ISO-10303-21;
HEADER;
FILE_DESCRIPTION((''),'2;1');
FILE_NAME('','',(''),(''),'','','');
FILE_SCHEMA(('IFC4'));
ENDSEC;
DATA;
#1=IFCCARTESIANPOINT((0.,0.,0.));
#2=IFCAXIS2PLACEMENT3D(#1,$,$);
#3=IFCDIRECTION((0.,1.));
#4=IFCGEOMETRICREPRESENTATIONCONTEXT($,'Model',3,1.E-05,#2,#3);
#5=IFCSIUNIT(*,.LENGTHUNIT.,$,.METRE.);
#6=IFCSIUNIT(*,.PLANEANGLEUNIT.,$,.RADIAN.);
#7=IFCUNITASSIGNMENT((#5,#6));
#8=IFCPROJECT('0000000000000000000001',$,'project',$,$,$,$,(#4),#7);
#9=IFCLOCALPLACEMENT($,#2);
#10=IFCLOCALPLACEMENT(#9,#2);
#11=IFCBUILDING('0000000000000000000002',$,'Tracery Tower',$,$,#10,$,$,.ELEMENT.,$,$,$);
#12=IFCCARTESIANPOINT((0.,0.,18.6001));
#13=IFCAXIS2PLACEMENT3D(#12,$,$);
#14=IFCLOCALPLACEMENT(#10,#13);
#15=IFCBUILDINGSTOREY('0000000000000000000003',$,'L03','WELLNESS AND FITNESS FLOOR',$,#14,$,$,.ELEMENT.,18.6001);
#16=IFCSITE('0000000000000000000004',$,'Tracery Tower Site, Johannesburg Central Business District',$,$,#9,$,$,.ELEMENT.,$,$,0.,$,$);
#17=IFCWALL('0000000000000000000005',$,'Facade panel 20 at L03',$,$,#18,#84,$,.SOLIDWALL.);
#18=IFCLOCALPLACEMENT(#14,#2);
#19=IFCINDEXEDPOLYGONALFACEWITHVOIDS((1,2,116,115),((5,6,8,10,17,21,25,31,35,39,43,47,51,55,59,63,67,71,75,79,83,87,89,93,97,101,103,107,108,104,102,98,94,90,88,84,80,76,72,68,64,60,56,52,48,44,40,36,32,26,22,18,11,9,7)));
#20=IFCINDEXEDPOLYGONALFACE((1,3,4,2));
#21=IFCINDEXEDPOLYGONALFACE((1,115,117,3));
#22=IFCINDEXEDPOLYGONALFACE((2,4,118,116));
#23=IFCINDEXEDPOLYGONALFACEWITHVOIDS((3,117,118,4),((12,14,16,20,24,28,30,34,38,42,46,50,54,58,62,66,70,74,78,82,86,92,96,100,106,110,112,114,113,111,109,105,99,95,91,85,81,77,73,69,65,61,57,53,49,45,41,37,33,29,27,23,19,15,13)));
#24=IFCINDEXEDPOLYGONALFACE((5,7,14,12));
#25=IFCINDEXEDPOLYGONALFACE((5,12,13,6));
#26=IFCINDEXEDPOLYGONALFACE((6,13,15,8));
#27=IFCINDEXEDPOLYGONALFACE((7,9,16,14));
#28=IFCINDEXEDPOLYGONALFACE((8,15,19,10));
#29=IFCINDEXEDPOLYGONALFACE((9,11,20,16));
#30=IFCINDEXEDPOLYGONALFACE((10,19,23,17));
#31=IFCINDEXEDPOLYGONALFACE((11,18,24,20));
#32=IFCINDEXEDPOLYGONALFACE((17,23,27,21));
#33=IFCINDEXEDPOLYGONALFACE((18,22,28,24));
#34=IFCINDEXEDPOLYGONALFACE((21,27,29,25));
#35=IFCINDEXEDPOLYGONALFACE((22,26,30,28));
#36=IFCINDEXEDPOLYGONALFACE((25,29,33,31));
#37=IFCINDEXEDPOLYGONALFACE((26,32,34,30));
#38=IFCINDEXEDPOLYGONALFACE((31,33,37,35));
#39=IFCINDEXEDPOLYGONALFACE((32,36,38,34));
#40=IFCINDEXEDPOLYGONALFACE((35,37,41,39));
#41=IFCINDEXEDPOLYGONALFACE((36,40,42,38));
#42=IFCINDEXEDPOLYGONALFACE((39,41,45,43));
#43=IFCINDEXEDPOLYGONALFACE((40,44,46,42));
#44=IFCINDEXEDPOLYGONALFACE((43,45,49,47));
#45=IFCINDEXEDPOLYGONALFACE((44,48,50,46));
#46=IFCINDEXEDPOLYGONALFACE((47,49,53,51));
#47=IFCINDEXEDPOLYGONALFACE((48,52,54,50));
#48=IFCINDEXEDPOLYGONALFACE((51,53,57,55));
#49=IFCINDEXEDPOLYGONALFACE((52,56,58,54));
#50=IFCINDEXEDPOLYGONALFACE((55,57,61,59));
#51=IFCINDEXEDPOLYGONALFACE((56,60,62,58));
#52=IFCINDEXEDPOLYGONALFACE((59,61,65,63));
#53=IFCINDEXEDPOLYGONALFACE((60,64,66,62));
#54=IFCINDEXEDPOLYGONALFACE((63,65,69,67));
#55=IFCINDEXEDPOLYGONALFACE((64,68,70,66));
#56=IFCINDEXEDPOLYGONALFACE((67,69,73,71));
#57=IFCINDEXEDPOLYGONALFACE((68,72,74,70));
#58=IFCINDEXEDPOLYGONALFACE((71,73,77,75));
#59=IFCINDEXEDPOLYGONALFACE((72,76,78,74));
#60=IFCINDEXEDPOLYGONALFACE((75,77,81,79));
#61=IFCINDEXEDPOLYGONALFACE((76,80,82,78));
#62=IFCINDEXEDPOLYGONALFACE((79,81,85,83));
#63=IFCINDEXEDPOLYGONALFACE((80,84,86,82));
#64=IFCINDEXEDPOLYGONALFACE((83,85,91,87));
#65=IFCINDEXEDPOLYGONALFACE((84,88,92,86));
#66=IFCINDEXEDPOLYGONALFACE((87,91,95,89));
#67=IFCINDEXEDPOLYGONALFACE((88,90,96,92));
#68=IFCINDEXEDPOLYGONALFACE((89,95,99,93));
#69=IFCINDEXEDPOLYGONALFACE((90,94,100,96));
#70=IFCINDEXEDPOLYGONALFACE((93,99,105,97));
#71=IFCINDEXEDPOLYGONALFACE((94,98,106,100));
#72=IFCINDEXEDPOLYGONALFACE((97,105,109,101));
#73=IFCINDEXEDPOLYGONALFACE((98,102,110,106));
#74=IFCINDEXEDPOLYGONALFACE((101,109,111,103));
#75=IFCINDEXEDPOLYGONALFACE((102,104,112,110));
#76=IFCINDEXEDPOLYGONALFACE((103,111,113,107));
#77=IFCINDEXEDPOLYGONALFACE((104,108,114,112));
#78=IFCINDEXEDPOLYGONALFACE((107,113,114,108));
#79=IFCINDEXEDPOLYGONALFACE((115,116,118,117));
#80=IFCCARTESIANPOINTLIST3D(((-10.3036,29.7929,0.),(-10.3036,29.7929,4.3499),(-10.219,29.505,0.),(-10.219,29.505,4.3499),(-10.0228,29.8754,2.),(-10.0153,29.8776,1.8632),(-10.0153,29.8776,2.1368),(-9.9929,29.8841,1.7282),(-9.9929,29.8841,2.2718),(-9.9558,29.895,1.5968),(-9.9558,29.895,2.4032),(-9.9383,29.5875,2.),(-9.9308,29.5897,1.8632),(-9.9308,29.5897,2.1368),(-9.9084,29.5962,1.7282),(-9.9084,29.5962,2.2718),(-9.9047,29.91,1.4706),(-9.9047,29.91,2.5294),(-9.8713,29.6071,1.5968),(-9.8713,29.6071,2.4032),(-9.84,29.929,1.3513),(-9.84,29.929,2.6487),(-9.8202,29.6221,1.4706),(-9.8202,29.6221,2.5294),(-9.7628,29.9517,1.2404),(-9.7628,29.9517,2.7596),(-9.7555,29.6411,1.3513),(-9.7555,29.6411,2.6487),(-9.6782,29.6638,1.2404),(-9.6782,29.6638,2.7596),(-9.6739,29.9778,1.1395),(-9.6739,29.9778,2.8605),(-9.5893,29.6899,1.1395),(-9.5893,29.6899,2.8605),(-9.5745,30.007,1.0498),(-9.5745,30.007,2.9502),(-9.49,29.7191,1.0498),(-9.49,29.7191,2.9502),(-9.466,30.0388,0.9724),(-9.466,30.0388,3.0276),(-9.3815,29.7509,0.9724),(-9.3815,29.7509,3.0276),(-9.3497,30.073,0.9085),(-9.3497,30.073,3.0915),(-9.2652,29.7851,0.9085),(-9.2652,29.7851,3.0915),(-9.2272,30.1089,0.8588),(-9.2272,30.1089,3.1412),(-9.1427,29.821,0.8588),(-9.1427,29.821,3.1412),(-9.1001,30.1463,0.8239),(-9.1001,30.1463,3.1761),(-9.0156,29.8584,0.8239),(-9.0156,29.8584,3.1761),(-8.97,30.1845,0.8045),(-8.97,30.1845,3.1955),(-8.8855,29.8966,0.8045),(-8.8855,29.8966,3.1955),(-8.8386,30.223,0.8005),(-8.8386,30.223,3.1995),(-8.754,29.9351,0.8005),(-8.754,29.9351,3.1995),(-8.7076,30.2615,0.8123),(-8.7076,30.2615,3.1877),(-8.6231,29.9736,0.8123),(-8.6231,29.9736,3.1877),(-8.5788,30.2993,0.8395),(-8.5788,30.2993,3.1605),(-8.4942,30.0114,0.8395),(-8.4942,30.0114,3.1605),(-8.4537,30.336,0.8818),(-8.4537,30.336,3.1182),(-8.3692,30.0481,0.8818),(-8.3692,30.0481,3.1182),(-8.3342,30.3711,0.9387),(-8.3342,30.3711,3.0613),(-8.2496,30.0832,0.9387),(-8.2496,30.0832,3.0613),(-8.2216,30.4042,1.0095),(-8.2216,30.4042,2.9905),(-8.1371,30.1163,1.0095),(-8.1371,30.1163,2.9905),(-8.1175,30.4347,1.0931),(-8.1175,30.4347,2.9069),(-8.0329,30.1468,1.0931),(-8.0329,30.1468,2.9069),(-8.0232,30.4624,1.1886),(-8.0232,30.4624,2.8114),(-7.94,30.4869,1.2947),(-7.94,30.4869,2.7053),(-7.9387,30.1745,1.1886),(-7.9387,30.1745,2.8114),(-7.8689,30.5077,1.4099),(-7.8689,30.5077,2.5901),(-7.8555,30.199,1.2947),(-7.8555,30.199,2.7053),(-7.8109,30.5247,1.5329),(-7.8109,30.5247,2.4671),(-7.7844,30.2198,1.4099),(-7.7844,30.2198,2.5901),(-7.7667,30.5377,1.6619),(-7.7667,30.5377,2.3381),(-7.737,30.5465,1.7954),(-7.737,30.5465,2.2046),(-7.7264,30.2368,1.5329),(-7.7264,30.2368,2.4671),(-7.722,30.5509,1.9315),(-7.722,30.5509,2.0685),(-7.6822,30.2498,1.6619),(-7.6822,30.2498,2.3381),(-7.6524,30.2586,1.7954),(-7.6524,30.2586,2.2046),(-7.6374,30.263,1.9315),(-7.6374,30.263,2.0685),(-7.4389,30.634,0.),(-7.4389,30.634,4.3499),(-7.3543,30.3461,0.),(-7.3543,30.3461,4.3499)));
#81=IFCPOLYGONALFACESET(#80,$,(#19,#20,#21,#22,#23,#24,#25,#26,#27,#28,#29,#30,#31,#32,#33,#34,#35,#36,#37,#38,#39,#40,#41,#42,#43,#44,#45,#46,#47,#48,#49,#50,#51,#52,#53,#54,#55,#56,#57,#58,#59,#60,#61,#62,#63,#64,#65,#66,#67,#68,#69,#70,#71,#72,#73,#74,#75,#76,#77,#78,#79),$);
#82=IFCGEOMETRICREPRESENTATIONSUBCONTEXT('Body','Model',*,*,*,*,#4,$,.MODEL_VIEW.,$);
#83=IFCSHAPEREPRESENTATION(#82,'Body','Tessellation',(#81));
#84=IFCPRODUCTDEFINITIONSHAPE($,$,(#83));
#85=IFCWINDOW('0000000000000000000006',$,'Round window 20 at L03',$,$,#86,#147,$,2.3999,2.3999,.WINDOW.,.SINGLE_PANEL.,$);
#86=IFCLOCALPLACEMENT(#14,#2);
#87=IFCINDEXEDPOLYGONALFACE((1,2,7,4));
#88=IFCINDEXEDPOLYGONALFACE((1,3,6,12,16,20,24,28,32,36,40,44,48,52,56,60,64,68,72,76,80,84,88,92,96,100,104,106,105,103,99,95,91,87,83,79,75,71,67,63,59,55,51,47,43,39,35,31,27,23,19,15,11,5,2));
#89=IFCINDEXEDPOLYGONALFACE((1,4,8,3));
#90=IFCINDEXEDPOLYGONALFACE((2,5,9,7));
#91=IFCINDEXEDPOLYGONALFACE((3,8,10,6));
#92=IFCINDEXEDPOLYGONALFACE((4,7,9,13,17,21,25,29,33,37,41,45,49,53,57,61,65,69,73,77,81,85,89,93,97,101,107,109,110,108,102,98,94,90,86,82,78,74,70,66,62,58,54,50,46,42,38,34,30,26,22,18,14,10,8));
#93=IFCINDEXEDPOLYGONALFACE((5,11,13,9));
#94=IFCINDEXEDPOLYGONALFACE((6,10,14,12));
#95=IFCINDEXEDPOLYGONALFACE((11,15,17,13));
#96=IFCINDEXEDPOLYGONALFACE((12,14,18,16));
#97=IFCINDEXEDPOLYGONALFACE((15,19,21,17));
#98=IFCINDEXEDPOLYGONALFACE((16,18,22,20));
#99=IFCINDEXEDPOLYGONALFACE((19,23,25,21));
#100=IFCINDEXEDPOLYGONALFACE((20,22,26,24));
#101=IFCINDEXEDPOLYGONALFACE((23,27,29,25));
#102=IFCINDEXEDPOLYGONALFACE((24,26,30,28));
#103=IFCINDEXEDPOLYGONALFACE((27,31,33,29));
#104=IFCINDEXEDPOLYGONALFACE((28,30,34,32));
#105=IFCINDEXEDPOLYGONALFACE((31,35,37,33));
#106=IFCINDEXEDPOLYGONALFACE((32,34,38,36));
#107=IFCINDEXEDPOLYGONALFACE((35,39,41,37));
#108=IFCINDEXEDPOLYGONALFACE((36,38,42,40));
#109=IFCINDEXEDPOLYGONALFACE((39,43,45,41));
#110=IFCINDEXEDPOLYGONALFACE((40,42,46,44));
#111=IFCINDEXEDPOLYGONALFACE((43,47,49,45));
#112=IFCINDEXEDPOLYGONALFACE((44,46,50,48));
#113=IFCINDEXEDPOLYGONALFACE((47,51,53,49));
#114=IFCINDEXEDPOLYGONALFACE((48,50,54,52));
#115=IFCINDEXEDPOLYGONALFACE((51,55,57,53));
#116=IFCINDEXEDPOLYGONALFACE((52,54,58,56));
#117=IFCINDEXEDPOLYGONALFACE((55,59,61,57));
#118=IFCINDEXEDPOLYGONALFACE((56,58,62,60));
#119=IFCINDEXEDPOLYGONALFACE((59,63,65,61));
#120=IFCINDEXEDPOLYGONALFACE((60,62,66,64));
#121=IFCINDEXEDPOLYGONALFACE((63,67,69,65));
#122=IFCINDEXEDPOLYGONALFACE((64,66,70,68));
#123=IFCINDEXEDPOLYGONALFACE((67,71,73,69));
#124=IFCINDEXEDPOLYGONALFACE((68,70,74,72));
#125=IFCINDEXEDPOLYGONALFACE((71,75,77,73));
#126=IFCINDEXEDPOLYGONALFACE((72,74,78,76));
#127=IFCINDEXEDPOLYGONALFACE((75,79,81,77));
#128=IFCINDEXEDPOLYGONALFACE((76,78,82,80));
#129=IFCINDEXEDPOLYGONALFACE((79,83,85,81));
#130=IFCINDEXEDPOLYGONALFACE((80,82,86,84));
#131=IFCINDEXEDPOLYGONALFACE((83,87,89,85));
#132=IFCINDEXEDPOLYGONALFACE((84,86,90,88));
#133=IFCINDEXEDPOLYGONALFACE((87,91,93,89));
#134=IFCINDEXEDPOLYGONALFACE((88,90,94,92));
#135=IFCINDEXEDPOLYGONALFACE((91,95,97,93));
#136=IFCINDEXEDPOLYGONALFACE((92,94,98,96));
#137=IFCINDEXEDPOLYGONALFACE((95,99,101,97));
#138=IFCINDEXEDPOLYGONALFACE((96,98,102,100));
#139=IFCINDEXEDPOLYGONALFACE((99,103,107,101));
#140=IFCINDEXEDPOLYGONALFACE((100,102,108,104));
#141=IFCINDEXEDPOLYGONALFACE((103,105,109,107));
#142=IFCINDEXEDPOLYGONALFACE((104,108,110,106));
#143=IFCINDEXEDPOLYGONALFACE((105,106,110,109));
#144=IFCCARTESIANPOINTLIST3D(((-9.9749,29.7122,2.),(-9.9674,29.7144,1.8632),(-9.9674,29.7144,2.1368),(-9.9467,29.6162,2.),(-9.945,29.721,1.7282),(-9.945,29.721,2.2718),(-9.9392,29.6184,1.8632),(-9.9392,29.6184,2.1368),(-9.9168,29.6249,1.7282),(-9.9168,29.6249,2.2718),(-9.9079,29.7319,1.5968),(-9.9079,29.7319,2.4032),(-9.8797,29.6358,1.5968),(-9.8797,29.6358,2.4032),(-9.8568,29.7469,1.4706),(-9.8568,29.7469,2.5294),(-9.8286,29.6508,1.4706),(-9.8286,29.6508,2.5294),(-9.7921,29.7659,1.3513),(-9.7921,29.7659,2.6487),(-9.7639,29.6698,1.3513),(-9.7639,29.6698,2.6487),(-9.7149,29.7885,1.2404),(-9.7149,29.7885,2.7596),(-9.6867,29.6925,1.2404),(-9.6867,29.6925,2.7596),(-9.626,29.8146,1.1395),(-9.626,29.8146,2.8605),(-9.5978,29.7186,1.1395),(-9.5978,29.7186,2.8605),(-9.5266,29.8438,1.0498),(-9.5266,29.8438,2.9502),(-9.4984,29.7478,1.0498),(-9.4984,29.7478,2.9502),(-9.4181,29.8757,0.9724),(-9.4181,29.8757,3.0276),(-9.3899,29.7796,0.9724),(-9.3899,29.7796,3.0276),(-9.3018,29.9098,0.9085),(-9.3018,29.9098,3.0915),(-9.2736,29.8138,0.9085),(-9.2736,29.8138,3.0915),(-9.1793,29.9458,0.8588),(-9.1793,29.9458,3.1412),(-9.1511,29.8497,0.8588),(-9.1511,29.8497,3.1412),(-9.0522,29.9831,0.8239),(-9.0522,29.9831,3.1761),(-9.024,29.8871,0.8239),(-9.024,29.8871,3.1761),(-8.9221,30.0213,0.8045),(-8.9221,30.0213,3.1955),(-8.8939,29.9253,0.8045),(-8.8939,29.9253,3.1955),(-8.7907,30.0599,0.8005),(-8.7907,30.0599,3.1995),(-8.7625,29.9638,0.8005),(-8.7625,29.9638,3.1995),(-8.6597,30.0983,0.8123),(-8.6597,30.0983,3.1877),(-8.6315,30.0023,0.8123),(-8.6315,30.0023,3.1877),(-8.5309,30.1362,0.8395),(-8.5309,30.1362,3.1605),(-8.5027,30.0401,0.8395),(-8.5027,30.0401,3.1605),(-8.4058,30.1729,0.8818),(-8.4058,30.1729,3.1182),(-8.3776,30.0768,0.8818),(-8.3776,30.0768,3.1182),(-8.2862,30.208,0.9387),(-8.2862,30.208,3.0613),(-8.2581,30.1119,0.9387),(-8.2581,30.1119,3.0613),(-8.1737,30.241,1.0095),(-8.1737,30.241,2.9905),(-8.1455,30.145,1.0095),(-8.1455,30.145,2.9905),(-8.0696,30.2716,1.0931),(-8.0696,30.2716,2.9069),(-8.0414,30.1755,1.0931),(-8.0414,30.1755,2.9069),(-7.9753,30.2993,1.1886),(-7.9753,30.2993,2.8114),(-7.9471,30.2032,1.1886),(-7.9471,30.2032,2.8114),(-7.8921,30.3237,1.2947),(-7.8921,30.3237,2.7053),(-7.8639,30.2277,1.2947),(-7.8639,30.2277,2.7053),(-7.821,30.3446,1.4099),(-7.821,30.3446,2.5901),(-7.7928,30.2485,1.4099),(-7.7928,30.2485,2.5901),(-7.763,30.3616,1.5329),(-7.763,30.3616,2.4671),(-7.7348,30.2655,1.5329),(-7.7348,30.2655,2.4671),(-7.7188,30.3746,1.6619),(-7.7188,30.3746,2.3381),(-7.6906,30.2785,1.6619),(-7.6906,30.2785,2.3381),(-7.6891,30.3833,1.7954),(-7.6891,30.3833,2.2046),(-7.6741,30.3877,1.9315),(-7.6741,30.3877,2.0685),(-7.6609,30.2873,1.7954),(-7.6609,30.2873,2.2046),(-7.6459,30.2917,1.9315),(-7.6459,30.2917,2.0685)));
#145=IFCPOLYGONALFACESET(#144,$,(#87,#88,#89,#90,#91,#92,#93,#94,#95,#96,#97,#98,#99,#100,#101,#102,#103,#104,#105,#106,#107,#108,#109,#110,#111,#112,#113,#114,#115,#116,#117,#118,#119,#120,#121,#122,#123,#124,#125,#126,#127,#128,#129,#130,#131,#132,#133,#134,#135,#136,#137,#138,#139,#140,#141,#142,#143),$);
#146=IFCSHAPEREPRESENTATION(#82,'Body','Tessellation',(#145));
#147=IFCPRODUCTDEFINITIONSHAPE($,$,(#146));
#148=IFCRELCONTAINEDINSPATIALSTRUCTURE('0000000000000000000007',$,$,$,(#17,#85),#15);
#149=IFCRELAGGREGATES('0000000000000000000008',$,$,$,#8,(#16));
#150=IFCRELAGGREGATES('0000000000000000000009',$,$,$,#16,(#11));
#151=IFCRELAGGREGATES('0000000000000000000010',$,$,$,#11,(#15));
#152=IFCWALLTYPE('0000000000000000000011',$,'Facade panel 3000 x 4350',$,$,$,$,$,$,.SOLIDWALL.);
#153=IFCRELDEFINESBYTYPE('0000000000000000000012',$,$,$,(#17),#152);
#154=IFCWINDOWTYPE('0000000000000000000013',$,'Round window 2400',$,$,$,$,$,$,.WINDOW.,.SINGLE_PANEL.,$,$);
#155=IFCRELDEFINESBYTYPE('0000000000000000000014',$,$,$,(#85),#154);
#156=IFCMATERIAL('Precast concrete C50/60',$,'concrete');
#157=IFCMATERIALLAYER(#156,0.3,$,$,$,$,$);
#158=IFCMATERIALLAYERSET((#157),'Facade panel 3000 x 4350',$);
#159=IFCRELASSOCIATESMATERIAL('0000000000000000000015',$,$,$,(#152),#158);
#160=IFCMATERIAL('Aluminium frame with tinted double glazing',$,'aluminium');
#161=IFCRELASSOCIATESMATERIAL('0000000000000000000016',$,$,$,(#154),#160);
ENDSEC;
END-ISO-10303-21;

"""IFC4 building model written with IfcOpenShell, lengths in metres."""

from ifc_helpers import new_model, si_unit, direction, frame, frame_2d, origin, origin_2d, place, context, subcontext, project, spatial, rectangle, circle, extrude, material, layer, layer_set, type_object, element, fill, save


model = new_model("IFC4")

# Units and contexts
model_context = context("Model", 3, precision=1e-05, world=origin(), true_north=direction((0.0, 1.0)))
body_context = subcontext(model_context, "Body", "Model", "MODEL_VIEW")
ifc_project = project(units=[si_unit("LENGTHUNIT", "METRE"), si_unit("PLANEANGLEUNIT", "RADIAN")], contexts=[model_context])

# Site, building, storey
site_placement = place(None, origin())
site = spatial("IfcSite", under=ifc_project, at=site_placement, Name="Tracery Tower Site, Johannesburg Central Business District", CompositionType="ELEMENT", RefElevation=0.0)
building_placement = place(site_placement, origin())
building = spatial("IfcBuilding", under=site, at=building_placement, Name="Tracery Tower", CompositionType="ELEMENT")
storey_placement = place(building_placement, frame((0.0, 0.0, 18.6001)))
storey = spatial("IfcBuildingStorey", under=building, at=storey_placement, Name="L03", Description="WELLNESS AND FITNESS FLOOR", CompositionType="ELEMENT", Elevation=18.6001)

# Wall, opening, window
ifc_material_1 = material(Name="Precast concrete C50/60", Category="concrete")
ifc_layer_1 = layer(ifc_material_1, 0.3)
ifc_layer_set_1 = layer_set([ifc_layer_1], Name="Facade panel 3000 x 4350")
wall_type_1 = type_object("IfcWallType", Name="Facade panel 3000 x 4350", PredefinedType="SOLIDWALL", material=ifc_layer_set_1)
ifc_material_2 = material(Name="Aluminium frame with tinted double glazing", Category="aluminium")
window_type = type_object("IfcWindowType", Name="Round window 2400", PartitioningType="SINGLE_PANEL", PredefinedType="WINDOW", material=ifc_material_2)
wall_1_placement = place(storey_placement, frame((-7.3967, 30.49, 0.0), z_axis=(0.0, 0.0, 1.0), x_axis=(-0.959502, -0.281701, 0.0)))
wall_1 = element("IfcWall", 1, at=wall_1_placement, inside=storey, type_object=wall_type_1, Name="Facade panel 20 at L03", PredefinedType="SOLIDWALL", context=body_context, shape_type="SweptSolid", body=[
    extrude(rectangle(XDim=2.9856, YDim=0.3, at=frame_2d((1.4927, 0.0))), origin(), (0.0, 0.0, 1.0), 4.3499),
])
opening_1_placement = place(wall_1_placement, frame((1.4929, 0.0, 2.0)))
opening_1 = element("IfcOpeningElement", 2, at=opening_1_placement, cuts=wall_1, PredefinedType="OPENING", context=body_context, shape_type="SweptSolid", body=[
    extrude(circle(Radius=1.2, at=origin_2d()), frame((0.0, 0.1599, 0.0), z_axis=(0.0, -1.0, 0.0), x_axis=(1.0, 0.0, 0.0)), (0.0, 0.0, 1.0), 0.3201),
])
window_1_placement = place(opening_1_placement, origin())
window_1 = element("IfcWindow", 3, at=window_1_placement, inside=storey, type_object=window_type, Name="Round window 20 at L03", OverallHeight=2.3999, OverallWidth=2.3999, PartitioningType="SINGLE_PANEL", PredefinedType="WINDOW", context=body_context, shape_type="SweptSolid", body=[
    extrude(circle(Radius=1.2, at=origin_2d()), frame((0.0, 0.1201, 0.0), z_axis=(0.0, -1.0, 0.0), x_axis=(1.0, 0.0, 0.0)), (0.0, 0.0, 1.0), 0.1001),
])
fill(opening_1, window_1)

save(model, "model.ifc")
